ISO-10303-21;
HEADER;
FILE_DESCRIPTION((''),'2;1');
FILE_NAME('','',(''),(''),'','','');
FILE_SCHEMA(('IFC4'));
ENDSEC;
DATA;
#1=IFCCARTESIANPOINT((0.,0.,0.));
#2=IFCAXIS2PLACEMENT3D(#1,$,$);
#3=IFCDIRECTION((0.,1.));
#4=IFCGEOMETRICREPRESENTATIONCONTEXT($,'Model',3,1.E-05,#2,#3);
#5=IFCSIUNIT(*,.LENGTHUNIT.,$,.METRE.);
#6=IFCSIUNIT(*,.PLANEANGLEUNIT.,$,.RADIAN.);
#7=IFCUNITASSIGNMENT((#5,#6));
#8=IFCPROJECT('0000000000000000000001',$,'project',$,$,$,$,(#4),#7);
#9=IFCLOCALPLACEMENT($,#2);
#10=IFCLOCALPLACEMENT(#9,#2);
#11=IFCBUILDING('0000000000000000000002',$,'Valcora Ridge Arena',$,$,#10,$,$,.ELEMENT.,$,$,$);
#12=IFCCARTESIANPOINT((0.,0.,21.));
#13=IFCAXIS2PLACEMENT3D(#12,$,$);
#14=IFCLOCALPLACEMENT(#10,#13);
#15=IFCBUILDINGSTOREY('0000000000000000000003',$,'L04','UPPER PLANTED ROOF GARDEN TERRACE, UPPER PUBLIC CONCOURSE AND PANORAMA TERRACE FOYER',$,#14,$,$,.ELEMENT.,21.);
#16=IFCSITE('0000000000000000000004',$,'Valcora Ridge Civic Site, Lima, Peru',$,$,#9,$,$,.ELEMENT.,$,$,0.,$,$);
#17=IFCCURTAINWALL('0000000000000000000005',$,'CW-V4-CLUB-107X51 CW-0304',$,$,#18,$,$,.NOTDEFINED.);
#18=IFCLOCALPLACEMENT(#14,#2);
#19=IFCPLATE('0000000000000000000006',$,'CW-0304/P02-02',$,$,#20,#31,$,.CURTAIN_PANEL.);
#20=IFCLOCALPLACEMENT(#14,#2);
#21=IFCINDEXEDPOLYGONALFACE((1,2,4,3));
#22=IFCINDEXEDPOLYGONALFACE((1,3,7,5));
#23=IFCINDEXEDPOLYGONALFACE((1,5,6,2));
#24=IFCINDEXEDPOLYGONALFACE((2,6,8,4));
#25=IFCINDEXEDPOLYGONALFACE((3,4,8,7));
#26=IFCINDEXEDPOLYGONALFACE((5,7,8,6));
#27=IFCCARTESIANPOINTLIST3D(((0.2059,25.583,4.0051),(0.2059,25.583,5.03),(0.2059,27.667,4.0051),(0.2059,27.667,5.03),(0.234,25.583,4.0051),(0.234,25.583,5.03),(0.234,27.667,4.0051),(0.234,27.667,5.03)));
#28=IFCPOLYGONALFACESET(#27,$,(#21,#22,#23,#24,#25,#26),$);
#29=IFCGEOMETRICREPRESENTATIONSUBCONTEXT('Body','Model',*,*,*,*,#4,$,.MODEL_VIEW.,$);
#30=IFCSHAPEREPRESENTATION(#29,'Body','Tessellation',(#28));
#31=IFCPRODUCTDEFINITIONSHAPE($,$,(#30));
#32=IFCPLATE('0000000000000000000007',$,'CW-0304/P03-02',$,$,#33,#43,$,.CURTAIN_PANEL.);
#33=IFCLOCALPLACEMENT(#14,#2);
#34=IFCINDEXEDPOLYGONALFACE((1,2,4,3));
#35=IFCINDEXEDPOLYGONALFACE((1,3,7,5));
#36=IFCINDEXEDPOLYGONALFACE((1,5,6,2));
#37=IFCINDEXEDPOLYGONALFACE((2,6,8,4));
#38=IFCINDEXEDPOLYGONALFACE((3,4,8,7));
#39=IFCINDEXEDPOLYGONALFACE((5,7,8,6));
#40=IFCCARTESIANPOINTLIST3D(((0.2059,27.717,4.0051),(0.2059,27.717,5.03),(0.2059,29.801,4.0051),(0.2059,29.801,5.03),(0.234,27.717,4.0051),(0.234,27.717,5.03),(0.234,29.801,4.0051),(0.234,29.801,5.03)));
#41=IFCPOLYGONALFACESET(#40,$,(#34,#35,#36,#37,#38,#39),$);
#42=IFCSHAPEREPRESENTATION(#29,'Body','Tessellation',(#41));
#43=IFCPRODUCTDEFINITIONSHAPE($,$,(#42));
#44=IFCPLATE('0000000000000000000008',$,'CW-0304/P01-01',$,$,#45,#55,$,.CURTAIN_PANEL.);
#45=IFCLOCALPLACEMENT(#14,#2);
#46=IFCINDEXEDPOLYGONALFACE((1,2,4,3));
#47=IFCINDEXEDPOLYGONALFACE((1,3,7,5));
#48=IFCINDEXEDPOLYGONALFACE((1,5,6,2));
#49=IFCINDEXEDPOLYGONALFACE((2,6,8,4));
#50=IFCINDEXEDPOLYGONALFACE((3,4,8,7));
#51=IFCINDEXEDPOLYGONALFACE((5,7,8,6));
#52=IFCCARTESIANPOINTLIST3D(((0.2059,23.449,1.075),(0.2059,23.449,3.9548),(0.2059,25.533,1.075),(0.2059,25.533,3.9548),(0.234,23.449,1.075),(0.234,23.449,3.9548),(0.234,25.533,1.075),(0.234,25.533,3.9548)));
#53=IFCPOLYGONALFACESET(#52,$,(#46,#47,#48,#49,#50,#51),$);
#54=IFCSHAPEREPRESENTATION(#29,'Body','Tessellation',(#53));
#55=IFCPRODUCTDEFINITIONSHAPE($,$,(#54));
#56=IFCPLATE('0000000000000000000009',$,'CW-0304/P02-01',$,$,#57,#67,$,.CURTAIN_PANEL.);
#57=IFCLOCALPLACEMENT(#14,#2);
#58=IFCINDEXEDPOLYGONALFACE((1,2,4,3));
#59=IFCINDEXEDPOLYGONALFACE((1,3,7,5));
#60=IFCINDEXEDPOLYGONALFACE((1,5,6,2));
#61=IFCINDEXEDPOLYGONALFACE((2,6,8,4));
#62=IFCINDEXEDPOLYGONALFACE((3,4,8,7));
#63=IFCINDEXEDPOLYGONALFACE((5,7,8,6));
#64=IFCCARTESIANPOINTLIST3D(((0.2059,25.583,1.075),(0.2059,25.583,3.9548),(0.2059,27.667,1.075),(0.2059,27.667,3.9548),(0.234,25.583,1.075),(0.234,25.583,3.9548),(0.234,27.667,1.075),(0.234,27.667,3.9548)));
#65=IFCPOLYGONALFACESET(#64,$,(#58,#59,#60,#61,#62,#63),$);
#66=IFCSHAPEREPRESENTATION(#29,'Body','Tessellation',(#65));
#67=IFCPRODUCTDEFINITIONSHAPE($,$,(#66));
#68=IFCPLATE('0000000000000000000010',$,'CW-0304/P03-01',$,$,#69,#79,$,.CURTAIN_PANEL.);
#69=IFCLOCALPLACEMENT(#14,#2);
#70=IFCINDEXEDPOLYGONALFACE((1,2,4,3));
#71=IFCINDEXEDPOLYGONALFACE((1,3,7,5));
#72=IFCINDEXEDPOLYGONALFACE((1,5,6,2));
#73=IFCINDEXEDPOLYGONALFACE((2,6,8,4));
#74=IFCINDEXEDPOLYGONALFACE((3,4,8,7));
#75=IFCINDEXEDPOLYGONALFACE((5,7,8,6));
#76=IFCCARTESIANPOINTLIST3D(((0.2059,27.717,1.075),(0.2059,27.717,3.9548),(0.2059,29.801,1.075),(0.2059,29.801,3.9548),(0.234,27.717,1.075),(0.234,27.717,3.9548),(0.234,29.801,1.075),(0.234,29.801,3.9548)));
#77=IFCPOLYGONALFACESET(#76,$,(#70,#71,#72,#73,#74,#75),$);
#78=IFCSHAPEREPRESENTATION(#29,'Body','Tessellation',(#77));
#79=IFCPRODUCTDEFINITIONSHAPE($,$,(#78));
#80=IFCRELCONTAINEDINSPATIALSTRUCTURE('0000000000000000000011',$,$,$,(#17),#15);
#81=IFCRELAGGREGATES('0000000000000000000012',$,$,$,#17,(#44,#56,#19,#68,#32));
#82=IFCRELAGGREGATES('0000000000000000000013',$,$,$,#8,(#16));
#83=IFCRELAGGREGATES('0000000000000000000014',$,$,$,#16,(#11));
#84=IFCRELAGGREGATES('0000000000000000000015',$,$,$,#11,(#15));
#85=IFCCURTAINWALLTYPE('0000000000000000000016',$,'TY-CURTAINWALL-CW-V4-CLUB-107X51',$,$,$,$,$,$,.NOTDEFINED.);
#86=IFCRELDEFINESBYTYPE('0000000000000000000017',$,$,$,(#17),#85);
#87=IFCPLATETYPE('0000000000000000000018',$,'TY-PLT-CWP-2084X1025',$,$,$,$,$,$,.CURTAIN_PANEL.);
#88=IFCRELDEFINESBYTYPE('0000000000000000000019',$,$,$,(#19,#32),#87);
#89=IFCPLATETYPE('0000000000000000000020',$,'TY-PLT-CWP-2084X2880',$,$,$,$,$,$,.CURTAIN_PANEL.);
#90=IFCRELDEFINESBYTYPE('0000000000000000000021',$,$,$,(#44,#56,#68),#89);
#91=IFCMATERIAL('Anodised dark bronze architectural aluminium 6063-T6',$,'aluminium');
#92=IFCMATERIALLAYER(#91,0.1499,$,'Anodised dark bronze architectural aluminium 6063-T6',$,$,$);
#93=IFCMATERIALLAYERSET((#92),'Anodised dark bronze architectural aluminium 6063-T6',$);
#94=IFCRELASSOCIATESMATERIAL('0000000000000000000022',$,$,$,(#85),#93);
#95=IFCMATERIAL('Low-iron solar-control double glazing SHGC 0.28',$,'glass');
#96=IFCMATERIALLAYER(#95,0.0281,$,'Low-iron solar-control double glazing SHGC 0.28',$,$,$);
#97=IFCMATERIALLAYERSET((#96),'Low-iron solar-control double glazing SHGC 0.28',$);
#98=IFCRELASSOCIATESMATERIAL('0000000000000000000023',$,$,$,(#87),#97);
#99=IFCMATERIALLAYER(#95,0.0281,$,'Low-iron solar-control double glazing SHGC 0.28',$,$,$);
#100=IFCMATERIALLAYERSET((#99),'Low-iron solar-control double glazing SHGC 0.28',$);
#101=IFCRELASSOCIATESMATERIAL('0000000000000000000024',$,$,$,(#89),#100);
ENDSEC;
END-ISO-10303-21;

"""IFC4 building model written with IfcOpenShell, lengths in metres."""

from ifc_helpers import new_model, si_unit, direction, frame, origin, origin_2d, place, context, subcontext, project, spatial, rectangle, extrude, material, layer, layer_set, type_object, element, aggregate, save


model = new_model("IFC4")

# Units and contexts
model_context = context("Model", 3, precision=1e-05, world=origin(), true_north=direction((0.0, 1.0)))
body_context = subcontext(model_context, "Body", "Model", "MODEL_VIEW")
ifc_project = project(units=[si_unit("LENGTHUNIT", "METRE"), si_unit("PLANEANGLEUNIT", "RADIAN")], contexts=[model_context])

# Site, building, storey
site_placement = place(None, origin())
site = spatial("IfcSite", under=ifc_project, at=site_placement, Name="Valcora Ridge Civic Site, Lima, Peru", CompositionType="ELEMENT", RefElevation=0.0)
building_placement = place(site_placement, origin())
building = spatial("IfcBuilding", under=site, at=building_placement, Name="Valcora Ridge Arena", CompositionType="ELEMENT")
storey_placement = place(building_placement, frame((0.0, 0.0, 21.0)))
storey = spatial("IfcBuildingStorey", under=building, at=storey_placement, Name="L04", Description="UPPER PLANTED ROOF GARDEN TERRACE, UPPER PUBLIC CONCOURSE AND PANORAMA TERRACE FOYER", CompositionType="ELEMENT", Elevation=21.0)

# Curtain wall, plates
ifc_material_1 = material(Name="Anodised dark bronze architectural aluminium 6063-T6", Category="aluminium")
ifc_layer_1 = layer(ifc_material_1, 0.1499, Name="Anodised dark bronze architectural aluminium 6063-T6")
ifc_layer_set_1 = layer_set([ifc_layer_1], Name="Anodised dark bronze architectural aluminium 6063-T6")
curtain_wall_type = type_object("IfcCurtainWallType", Name="TY-CURTAINWALL-CW-V4-CLUB-107X51", PredefinedType="NOTDEFINED", material=ifc_layer_set_1)
curtain_wall_placement = place(storey_placement, origin())
curtain_wall = element("IfcCurtainWall", 1, at=curtain_wall_placement, inside=storey, type_object=curtain_wall_type, Name="CW-V4-CLUB-107X51 CW-0304", PredefinedType="NOTDEFINED")
ifc_material_2 = material(Name="Low-iron solar-control double glazing SHGC 0.28", Category="glass")
ifc_layer_2 = layer(ifc_material_2, 0.0281, Name="Low-iron solar-control double glazing SHGC 0.28")
ifc_layer_set_2 = layer_set([ifc_layer_2], Name="Low-iron solar-control double glazing SHGC 0.28")
plate_type_1 = type_object("IfcPlateType", Name="TY-PLT-CWP-2084X1025", PredefinedType="CURTAIN_PANEL", material=ifc_layer_set_2)
plate_1_placement = place(storey_placement, frame((0.22, 26.625, 4.0051), z_axis=(0.0, 0.0, 1.0), x_axis=(0.0, 1.0, 0.0)))
plate_1 = element("IfcPlate", 2, at=plate_1_placement, type_object=plate_type_1, Name="CW-0304/P02-02", PredefinedType="CURTAIN_PANEL", context=body_context, shape_type="SweptSolid", body=[
    extrude(rectangle(XDim=2.084, YDim=0.0281, at=origin_2d()), origin(), (0.0, 0.0, 1.0), 1.0249),
])
plate_2_placement = place(storey_placement, frame((0.22, 28.759, 4.0051), z_axis=(0.0, 0.0, 1.0), x_axis=(0.0, 1.0, 0.0)))
plate_2 = element("IfcPlate", 3, at=plate_2_placement, type_object=plate_type_1, Name="CW-0304/P03-02", PredefinedType="CURTAIN_PANEL", context=body_context, shape_type="SweptSolid", body=[
    extrude(rectangle(XDim=2.084, YDim=0.0281, at=origin_2d()), origin(), (0.0, 0.0, 1.0), 1.0249),
])
ifc_layer_3 = layer(ifc_material_2, 0.0281, Name="Low-iron solar-control double glazing SHGC 0.28")
ifc_layer_set_3 = layer_set([ifc_layer_3], Name="Low-iron solar-control double glazing SHGC 0.28")
plate_type_2 = type_object("IfcPlateType", Name="TY-PLT-CWP-2084X2880", PredefinedType="CURTAIN_PANEL", material=ifc_layer_set_3)
plate_3_placement = place(storey_placement, frame((0.22, 24.491, 1.075), z_axis=(0.0, 0.0, 1.0), x_axis=(0.0, 1.0, 0.0)))
plate_3 = element("IfcPlate", 4, at=plate_3_placement, type_object=plate_type_2, Name="CW-0304/P01-01", PredefinedType="CURTAIN_PANEL", context=body_context, shape_type="SweptSolid", body=[
    extrude(rectangle(XDim=2.084, YDim=0.0281, at=origin_2d()), origin(), (0.0, 0.0, 1.0), 2.8799),
])
plate_4_placement = place(storey_placement, frame((0.22, 26.625, 1.075), z_axis=(0.0, 0.0, 1.0), x_axis=(0.0, 1.0, 0.0)))
plate_4 = element("IfcPlate", 5, at=plate_4_placement, type_object=plate_type_2, Name="CW-0304/P02-01", PredefinedType="CURTAIN_PANEL", context=body_context, shape_type="SweptSolid", body=[
    extrude(rectangle(XDim=2.084, YDim=0.0281, at=origin_2d()), origin(), (0.0, 0.0, 1.0), 2.8799),
])
plate_5_placement = place(storey_placement, frame((0.22, 28.759, 1.075), z_axis=(0.0, 0.0, 1.0), x_axis=(0.0, 1.0, 0.0)))
plate_5 = element("IfcPlate", 6, at=plate_5_placement, type_object=plate_type_2, Name="CW-0304/P03-01", PredefinedType="CURTAIN_PANEL", context=body_context, shape_type="SweptSolid", body=[
    extrude(rectangle(XDim=2.084, YDim=0.0281, at=origin_2d()), origin(), (0.0, 0.0, 1.0), 2.8799),
])
aggregate(curtain_wall, [plate_3, plate_4, plate_1, plate_5, plate_2])

save(model, "model.ifc")
